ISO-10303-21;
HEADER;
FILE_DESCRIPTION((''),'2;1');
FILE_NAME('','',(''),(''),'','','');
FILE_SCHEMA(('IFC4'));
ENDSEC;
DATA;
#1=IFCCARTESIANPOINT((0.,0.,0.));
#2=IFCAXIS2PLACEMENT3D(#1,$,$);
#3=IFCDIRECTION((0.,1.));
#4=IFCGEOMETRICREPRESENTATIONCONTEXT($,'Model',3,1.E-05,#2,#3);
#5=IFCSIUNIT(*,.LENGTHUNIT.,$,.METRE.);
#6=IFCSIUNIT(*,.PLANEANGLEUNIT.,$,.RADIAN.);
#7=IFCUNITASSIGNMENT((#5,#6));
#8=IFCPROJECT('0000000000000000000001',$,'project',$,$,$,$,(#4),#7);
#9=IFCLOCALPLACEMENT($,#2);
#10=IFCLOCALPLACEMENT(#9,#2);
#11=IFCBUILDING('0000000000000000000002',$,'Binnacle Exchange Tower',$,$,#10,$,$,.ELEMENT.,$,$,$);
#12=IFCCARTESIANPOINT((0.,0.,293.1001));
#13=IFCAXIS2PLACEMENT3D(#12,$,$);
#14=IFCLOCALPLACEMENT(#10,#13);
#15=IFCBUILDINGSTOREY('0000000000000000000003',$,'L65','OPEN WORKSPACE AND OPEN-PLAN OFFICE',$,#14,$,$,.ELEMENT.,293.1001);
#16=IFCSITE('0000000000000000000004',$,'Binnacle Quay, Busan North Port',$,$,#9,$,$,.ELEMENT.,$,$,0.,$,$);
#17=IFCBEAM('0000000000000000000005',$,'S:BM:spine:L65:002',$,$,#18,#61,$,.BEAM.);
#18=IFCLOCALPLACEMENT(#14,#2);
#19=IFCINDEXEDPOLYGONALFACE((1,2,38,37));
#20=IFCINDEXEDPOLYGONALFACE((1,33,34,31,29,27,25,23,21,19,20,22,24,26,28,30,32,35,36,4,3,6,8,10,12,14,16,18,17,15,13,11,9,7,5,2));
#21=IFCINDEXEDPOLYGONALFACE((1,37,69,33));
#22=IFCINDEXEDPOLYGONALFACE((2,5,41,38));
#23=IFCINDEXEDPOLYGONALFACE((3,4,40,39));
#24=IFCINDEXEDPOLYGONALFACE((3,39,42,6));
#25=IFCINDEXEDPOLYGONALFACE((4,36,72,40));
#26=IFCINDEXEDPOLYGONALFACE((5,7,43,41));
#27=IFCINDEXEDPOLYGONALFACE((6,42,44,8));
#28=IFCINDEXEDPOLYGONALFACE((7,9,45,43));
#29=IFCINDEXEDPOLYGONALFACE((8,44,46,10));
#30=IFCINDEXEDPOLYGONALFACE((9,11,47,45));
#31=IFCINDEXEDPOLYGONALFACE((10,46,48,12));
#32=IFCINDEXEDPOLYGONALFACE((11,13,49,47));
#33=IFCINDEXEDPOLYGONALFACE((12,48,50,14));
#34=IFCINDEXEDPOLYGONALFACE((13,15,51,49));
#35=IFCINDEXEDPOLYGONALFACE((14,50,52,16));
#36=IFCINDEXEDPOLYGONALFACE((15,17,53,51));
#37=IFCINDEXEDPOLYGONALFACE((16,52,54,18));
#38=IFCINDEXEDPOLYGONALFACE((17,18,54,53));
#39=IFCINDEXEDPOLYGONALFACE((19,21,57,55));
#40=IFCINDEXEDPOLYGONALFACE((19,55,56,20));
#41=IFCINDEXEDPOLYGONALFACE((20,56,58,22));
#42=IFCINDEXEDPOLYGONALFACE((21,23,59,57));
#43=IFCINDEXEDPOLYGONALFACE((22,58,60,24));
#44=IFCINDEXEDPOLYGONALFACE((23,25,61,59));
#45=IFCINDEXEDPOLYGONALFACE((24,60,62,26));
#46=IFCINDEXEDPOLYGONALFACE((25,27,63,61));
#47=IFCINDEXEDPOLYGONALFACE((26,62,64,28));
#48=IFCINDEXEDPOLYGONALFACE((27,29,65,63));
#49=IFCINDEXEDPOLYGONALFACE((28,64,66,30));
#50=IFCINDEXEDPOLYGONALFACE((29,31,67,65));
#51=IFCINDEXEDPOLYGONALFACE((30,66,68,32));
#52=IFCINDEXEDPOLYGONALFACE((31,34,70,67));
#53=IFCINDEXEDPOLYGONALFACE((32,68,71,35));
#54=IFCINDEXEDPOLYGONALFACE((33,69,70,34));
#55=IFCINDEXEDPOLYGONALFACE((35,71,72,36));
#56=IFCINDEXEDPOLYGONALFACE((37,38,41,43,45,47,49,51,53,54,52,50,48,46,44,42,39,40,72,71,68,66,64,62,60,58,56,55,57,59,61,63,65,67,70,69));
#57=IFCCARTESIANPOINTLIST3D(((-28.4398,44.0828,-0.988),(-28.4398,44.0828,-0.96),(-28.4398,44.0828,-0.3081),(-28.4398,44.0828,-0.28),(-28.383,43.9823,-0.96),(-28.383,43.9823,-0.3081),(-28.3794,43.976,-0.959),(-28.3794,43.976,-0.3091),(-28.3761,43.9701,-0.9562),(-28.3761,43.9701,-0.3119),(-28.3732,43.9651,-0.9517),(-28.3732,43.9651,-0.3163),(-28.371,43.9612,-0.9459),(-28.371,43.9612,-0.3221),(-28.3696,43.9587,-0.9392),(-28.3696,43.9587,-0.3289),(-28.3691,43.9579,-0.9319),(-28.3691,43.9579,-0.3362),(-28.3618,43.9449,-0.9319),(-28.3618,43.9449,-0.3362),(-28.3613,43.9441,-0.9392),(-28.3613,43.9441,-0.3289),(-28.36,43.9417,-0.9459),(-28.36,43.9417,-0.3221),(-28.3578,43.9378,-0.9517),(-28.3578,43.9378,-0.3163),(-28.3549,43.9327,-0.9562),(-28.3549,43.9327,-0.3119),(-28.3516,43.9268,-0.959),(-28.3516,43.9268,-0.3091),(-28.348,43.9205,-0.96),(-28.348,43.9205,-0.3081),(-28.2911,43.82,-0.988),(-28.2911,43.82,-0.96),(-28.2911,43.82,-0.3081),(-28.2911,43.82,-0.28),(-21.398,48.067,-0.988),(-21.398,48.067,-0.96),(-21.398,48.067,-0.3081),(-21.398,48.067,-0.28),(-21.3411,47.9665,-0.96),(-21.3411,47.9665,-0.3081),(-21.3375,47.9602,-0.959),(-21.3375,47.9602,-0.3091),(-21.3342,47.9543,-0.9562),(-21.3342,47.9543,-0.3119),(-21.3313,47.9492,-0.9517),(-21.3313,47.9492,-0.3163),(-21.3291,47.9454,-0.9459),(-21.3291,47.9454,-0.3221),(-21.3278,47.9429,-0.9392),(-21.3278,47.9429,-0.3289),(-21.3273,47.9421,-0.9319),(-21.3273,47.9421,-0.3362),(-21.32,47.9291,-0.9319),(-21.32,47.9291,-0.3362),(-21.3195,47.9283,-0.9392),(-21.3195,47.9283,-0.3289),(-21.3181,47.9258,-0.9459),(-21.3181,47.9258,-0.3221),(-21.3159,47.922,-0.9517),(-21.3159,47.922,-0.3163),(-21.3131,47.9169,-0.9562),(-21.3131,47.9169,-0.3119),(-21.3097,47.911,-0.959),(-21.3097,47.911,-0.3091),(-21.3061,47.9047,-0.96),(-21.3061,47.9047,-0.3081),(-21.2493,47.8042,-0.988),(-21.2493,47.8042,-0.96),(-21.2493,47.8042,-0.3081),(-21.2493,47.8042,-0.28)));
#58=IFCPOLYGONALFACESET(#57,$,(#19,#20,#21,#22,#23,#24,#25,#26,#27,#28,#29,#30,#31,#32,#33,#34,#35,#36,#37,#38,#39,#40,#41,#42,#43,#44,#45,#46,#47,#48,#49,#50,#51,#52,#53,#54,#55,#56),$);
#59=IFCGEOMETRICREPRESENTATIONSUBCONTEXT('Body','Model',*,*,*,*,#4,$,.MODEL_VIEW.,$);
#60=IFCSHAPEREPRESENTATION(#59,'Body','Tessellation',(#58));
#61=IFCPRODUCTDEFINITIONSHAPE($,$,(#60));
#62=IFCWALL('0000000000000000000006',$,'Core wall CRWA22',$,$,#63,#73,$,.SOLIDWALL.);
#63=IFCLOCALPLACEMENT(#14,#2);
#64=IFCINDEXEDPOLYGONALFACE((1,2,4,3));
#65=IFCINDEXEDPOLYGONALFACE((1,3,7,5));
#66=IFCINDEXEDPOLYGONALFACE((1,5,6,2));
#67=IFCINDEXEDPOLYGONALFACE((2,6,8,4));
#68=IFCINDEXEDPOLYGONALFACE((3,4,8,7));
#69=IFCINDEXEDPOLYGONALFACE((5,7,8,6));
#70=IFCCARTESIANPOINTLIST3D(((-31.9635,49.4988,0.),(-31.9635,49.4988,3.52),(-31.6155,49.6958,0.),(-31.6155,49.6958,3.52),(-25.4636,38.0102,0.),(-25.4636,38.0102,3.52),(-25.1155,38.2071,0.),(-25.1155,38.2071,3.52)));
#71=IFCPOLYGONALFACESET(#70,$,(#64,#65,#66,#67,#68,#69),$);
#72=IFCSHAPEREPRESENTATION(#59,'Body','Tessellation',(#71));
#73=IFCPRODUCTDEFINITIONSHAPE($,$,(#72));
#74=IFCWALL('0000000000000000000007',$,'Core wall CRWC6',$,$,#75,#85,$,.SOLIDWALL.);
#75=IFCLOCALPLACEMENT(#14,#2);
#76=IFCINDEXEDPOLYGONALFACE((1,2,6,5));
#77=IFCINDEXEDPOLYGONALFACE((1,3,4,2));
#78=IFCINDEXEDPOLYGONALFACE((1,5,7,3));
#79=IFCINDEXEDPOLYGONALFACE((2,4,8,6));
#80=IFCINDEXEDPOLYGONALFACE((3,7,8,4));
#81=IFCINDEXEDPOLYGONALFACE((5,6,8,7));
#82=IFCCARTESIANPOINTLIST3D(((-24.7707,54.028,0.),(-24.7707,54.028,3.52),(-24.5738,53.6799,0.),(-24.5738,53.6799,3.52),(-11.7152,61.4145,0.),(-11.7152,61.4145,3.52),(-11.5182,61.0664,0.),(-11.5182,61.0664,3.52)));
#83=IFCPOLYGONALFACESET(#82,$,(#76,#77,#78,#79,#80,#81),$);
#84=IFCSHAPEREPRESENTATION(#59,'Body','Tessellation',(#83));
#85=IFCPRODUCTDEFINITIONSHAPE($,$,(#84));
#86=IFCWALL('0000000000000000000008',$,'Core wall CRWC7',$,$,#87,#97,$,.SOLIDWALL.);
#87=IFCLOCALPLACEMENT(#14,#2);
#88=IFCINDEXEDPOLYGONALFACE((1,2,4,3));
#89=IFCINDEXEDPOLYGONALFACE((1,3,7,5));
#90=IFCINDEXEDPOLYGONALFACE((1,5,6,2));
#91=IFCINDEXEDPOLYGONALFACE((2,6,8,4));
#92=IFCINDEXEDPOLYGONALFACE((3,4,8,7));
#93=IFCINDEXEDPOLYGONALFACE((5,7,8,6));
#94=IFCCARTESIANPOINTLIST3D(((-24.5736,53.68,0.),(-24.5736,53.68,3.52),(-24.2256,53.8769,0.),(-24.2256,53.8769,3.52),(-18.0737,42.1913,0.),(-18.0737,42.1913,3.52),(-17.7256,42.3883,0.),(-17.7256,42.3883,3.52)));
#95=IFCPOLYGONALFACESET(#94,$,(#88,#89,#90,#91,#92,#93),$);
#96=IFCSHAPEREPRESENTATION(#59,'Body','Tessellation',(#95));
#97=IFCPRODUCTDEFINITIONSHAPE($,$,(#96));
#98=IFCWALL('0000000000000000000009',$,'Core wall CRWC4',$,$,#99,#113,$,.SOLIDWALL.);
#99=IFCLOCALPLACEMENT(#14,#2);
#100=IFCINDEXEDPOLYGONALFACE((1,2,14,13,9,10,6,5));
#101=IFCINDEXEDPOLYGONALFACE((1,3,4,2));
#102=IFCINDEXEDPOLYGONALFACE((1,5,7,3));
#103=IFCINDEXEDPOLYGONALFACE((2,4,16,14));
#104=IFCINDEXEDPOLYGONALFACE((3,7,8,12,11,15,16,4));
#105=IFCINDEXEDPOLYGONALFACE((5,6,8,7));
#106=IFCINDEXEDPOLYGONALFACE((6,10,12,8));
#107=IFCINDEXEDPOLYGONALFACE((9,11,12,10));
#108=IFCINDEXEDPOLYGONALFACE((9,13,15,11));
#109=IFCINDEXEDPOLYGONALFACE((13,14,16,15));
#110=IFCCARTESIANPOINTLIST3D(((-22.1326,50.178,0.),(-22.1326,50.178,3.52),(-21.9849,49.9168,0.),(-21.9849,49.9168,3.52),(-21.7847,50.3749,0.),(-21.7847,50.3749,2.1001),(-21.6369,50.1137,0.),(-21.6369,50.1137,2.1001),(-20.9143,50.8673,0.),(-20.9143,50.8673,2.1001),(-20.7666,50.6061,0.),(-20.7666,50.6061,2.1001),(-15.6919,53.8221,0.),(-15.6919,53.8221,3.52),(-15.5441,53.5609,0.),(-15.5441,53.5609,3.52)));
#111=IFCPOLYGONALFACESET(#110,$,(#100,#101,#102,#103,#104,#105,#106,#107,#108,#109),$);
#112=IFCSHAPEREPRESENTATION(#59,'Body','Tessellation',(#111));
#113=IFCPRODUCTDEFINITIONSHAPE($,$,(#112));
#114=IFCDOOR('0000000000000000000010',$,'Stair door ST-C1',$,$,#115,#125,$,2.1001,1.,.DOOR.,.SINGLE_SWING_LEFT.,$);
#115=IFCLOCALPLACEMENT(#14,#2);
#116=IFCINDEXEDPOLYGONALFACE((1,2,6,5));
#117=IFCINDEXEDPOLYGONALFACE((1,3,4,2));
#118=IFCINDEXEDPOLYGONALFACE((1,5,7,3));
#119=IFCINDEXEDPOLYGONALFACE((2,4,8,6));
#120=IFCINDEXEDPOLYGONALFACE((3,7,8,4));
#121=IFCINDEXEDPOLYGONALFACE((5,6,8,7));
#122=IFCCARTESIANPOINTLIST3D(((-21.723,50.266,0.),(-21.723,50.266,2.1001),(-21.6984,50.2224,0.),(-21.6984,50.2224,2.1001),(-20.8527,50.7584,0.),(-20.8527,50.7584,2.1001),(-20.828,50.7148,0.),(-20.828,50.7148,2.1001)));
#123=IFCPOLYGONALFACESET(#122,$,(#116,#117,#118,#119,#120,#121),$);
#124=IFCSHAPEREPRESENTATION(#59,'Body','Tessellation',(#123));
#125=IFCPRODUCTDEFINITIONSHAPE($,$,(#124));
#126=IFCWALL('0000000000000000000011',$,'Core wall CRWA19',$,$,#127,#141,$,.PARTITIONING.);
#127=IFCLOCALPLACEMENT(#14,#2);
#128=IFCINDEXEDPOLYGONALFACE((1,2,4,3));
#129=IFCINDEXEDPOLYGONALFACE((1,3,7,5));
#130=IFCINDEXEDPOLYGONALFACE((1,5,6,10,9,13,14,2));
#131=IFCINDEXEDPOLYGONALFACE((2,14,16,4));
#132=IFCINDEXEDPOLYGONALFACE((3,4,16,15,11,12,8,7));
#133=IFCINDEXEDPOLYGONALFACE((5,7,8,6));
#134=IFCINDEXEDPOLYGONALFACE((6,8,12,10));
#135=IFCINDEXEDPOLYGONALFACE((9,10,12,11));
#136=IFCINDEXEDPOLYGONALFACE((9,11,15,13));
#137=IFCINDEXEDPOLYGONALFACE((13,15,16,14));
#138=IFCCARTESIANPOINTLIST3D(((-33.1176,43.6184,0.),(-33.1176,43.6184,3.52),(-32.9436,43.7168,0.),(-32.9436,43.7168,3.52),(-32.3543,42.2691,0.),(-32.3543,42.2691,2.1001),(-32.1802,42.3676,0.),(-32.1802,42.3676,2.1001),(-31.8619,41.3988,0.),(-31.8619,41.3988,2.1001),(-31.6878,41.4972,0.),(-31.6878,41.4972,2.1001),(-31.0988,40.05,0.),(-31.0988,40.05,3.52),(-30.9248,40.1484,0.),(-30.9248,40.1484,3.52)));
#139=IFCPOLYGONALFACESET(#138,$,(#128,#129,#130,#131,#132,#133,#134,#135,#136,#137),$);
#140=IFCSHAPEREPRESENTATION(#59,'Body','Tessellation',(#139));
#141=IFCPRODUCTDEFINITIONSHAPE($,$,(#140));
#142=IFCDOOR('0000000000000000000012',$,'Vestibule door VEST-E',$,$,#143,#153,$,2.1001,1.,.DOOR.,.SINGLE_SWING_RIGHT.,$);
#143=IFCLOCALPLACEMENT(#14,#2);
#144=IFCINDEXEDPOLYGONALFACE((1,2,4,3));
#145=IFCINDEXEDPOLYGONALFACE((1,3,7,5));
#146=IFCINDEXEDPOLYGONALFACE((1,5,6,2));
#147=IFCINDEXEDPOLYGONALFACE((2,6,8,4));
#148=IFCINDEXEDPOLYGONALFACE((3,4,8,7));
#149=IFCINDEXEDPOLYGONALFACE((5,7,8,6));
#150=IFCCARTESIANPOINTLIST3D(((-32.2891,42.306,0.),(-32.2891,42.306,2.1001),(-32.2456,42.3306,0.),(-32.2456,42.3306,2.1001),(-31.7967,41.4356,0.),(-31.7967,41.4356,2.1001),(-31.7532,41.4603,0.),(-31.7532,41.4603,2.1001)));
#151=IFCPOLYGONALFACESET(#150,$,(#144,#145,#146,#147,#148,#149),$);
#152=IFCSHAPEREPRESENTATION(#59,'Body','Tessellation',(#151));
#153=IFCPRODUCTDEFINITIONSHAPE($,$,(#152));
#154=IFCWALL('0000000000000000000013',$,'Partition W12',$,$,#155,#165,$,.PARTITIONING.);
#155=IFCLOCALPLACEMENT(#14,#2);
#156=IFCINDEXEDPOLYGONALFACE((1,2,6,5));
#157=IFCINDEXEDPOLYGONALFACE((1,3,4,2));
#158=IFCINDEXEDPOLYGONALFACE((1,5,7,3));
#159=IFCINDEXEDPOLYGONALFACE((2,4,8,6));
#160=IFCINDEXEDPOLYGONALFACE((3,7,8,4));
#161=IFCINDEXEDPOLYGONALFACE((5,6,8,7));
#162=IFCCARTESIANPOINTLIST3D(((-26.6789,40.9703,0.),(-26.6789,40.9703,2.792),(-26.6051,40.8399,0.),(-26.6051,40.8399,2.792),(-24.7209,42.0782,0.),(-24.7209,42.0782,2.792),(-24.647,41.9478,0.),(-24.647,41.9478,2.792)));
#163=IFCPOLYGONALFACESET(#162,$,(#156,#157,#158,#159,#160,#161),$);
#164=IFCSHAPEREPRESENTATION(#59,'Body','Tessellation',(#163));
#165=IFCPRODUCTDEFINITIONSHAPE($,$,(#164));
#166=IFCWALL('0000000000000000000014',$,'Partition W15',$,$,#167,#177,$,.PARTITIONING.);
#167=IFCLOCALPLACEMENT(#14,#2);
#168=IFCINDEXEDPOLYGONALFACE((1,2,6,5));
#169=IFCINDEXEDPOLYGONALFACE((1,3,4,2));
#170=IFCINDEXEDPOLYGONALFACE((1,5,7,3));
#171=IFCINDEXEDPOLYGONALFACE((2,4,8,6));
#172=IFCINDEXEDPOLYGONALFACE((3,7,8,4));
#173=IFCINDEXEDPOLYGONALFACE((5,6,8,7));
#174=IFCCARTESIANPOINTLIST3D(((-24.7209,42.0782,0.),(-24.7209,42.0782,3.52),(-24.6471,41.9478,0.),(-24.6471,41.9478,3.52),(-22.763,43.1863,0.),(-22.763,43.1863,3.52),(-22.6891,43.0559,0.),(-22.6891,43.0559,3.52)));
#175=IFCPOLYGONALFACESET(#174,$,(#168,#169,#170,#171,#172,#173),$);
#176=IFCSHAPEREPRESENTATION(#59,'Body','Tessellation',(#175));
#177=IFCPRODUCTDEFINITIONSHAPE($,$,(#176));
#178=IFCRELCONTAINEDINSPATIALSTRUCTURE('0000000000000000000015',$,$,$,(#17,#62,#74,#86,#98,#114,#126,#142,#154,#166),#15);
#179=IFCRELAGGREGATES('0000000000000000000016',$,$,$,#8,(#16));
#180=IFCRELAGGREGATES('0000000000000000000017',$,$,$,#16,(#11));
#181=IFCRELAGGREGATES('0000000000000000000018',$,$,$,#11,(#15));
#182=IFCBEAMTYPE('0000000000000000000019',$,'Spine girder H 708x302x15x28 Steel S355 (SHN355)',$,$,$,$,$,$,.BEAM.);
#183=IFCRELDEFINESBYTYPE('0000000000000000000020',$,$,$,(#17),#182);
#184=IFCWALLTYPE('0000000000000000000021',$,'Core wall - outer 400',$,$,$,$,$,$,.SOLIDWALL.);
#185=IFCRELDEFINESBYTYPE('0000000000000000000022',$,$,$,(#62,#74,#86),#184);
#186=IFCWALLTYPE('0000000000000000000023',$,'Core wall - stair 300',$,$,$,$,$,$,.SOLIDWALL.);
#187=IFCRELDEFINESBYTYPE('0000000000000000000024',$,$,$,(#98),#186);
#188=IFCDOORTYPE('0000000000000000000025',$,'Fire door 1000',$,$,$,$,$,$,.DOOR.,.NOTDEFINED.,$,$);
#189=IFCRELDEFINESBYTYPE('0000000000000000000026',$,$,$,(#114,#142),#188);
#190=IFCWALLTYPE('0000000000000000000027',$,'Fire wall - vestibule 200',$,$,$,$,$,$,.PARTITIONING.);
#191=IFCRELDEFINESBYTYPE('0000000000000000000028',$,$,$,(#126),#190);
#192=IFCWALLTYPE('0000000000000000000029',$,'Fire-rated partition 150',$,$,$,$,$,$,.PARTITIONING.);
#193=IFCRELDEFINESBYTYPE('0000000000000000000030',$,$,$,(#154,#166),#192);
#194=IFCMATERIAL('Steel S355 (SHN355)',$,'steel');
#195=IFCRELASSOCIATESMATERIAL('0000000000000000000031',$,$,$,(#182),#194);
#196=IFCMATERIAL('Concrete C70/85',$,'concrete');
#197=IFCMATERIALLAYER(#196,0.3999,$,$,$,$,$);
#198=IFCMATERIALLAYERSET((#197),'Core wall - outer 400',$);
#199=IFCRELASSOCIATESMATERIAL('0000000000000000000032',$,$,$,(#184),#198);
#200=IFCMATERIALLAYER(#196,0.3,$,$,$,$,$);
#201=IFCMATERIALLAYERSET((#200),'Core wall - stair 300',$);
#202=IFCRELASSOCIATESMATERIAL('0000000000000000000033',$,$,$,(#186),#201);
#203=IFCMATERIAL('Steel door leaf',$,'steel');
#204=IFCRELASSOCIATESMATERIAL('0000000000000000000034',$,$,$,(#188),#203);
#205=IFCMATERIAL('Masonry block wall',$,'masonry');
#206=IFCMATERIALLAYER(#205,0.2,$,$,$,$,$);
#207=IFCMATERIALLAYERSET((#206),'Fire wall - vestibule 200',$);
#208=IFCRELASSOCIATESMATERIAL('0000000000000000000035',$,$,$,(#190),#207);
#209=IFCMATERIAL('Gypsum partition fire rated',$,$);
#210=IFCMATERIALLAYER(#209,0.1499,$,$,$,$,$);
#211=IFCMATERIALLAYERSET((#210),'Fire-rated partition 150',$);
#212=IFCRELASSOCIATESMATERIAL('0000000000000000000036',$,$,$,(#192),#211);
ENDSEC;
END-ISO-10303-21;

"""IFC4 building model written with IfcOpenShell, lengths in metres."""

from ifc_helpers import new_model, si_unit, direction, frame, frame_2d, origin, origin_2d, place, context, subcontext, project, spatial, rectangle, i_section, extrude, material, layer, layer_set, material_profile, profile_set, type_object, element, fill, save


model = new_model("IFC4")

# Units and contexts
model_context = context("Model", 3, precision=1e-05, world=origin(), true_north=direction((0.0, 1.0)))
body_context = subcontext(model_context, "Body", "Model", "MODEL_VIEW")
ifc_project = project(units=[si_unit("LENGTHUNIT", "METRE"), si_unit("PLANEANGLEUNIT", "RADIAN")], contexts=[model_context])

# Site, building, storey
site_placement = place(None, origin())
site = spatial("IfcSite", under=ifc_project, at=site_placement, Name="Binnacle Quay, Busan North Port", CompositionType="ELEMENT", RefElevation=0.0)
building_placement = place(site_placement, origin())
building = spatial("IfcBuilding", under=site, at=building_placement, Name="Binnacle Exchange Tower", CompositionType="ELEMENT")
storey_placement = place(building_placement, frame((0.0, 0.0, 293.1001)))
storey = spatial("IfcBuildingStorey", under=building, at=storey_placement, Name="L65", Description="OPEN WORKSPACE AND OPEN-PLAN OFFICE", CompositionType="ELEMENT", Elevation=293.1001)

# Beam
ifc_material_1 = material(Name="Steel S355 (SHN355)", Category="steel")
ifc_material_profile_1 = material_profile(ifc_material_1, i_section(OverallWidth=0.302, OverallDepth=0.708, WebThickness=0.0149, FlangeThickness=0.0281, FilletRadius=0.0281, at=origin_2d()), Name="H 708x302x15x28")
ifc_profile_set_1 = profile_set([ifc_material_profile_1], Name="Steel S355 (SHN355)")
beam_type_1 = type_object("IfcBeamType", Name="Spine girder H 708x302x15x28 Steel S355 (SHN355)", PredefinedType="BEAM", material=ifc_profile_set_1)
beam_1_placement = place(storey_placement, frame((-28.3655, 43.9514, -0.634), z_axis=(0.87035, 0.492433, 0.0), x_axis=(-0.492433, 0.87035, 0.0)))
element("IfcBeam", 1, at=beam_1_placement, inside=storey, type_object=beam_type_1, Name="S:BM:spine:L65:002", PredefinedType="BEAM", context=body_context, shape_type="SweptSolid", body=[
    extrude(i_section(OverallWidth=0.302, OverallDepth=0.708, WebThickness=0.0149, FlangeThickness=0.0281, FilletRadius=0.0281, at=origin_2d()), origin(), (0.0, 0.0, 1.0), 8.0908),
])

# Walls
ifc_material_2 = material(Name="Concrete C70/85", Category="concrete")
ifc_layer_1 = layer(ifc_material_2, 0.3999)
ifc_layer_set_1 = layer_set([ifc_layer_1], Name="Core wall - outer 400")
wall_type_1 = type_object("IfcWallType", Name="Core wall - outer 400", PredefinedType="SOLIDWALL", material=ifc_layer_set_1)
wall_1_placement = place(storey_placement, frame((-31.7896, 49.5974, 0.0), z_axis=(0.0, 0.0, 1.0), x_axis=(0.492422, -0.870357, 0.0)))
element("IfcWall", 2, at=wall_1_placement, inside=storey, type_object=wall_type_1, Name="Core wall CRWA22", PredefinedType="SOLIDWALL", context=body_context, shape_type="SweptSolid", body=[
    extrude(rectangle(XDim=13.2, YDim=0.3999, at=frame_2d((6.6001, 0.0))), origin(), (0.0, 0.0, 1.0), 3.52),
])
wall_2_placement = place(storey_placement, frame((-24.6721, 53.854, 0.0), z_axis=(0.0, 0.0, 1.0), x_axis=(0.870354, 0.492427, 0.0)))
element("IfcWall", 3, at=wall_2_placement, inside=storey, type_object=wall_type_1, Name="Core wall CRWC6", PredefinedType="SOLIDWALL", context=body_context, shape_type="SweptSolid", body=[
    extrude(rectangle(XDim=15.0002, YDim=0.3999, at=frame_2d((7.5, 0.0))), origin(), (0.0, 0.0, 1.0), 3.52),
])
wall_3_placement = place(storey_placement, frame((-24.3997, 53.7786, 0.0), z_axis=(0.0, 0.0, 1.0), x_axis=(0.492422, -0.870357, 0.0)))
element("IfcWall", 4, at=wall_3_placement, inside=storey, type_object=wall_type_1, Name="Core wall CRWC7", PredefinedType="SOLIDWALL", context=body_context, shape_type="SweptSolid", body=[
    extrude(rectangle(XDim=13.2, YDim=0.3999, at=frame_2d((6.6001, 0.0))), origin(), (0.0, 0.0, 1.0), 3.52),
])

# Walls, openings, doors
ifc_layer_2 = layer(ifc_material_2, 0.3)
ifc_layer_set_2 = layer_set([ifc_layer_2], Name="Core wall - stair 300")
wall_type_2 = type_object("IfcWallType", Name="Core wall - stair 300", PredefinedType="SOLIDWALL", material=ifc_layer_set_2)
wall_4_placement = place(storey_placement, frame((-22.0588, 50.0474, 0.0), z_axis=(0.0, 0.0, 1.0), x_axis=(0.870351, 0.492432, 0.0)))
wall_4 = element("IfcWall", 5, at=wall_4_placement, inside=storey, type_object=wall_type_2, Name="Core wall CRWC4", PredefinedType="SOLIDWALL", context=body_context, shape_type="SweptSolid", body=[
    extrude(rectangle(XDim=7.4001, YDim=0.3, at=frame_2d((3.7002, 0.0))), origin(), (0.0, 0.0, 1.0), 3.52),
])
opening_1_placement = place(wall_4_placement, frame((0.3999, 0.0, 0.0)))
opening_1 = element("IfcOpeningElement", 6, at=opening_1_placement, cuts=wall_4, PredefinedType="OPENING", context=body_context, shape_type="SweptSolid", body=[
    extrude(rectangle(XDim=1.0, YDim=2.1001, at=frame_2d((0.5, 1.05))), frame((0.0, 0.1599, 0.0), z_axis=(0.0, -1.0, 0.0), x_axis=(1.0, 0.0, 0.0)), (0.0, 0.0, 1.0), 0.3201),
])
ifc_material_3 = material(Name="Steel door leaf", Category="steel")
door_type_1 = type_object("IfcDoorType", Name="Fire door 1000", OperationType="NOTDEFINED", PredefinedType="DOOR", material=ifc_material_3)
door_1_placement = place(opening_1_placement, origin())
door_1 = element("IfcDoor", 7, at=door_1_placement, inside=storey, type_object=door_type_1, Name="Stair door ST-C1", OperationType="SINGLE_SWING_LEFT", OverallHeight=2.1001, OverallWidth=1.0, PredefinedType="DOOR", context=body_context, shape_type="SweptSolid", body=[
    extrude(rectangle(XDim=1.0, YDim=2.1001, at=frame_2d((0.5, 1.05))), frame((0.0, 0.0249, 0.0), z_axis=(0.0, -1.0, 0.0), x_axis=(1.0, 0.0, 0.0)), (0.0, 0.0, 1.0), 0.05),
])
fill(opening_1, door_1)
ifc_material_4 = material(Name="Masonry block wall", Category="masonry")
ifc_layer_3 = layer(ifc_material_4, 0.2)
ifc_layer_set_3 = layer_set([ifc_layer_3], Name="Fire wall - vestibule 200")
wall_type_3 = type_object("IfcWallType", Name="Fire wall - vestibule 200", PredefinedType="PARTITIONING", material=ifc_layer_set_3)
wall_5_placement = place(storey_placement, frame((-33.0305, 43.6675, 0.0), z_axis=(0.0, 0.0, 1.0), x_axis=(0.492408, -0.870364, 0.0)))
wall_5 = element("IfcWall", 8, at=wall_5_placement, inside=storey, type_object=wall_type_3, Name="Core wall CRWA19", PredefinedType="PARTITIONING", context=body_context, shape_type="SweptSolid", body=[
    extrude(rectangle(XDim=4.0999, YDim=0.2, at=frame_2d((2.0498, 0.0))), origin(), (0.0, 0.0, 1.0), 3.52),
])
opening_2_placement = place(wall_5_placement, frame((1.55, 0.0, 0.0)))
opening_2 = element("IfcOpeningElement", 9, at=opening_2_placement, cuts=wall_5, PredefinedType="OPENING", context=body_context, shape_type="SweptSolid", body=[
    extrude(rectangle(XDim=1.0, YDim=2.1001, at=frame_2d((0.5, 1.05))), frame((0.0, 0.1099, 0.0), z_axis=(0.0, -1.0, 0.0), x_axis=(1.0, 0.0, 0.0)), (0.0, 0.0, 1.0), 0.22),
])
door_2_placement = place(opening_2_placement, origin())
door_2 = element("IfcDoor", 10, at=door_2_placement, inside=storey, type_object=door_type_1, Name="Vestibule door VEST-E", OperationType="SINGLE_SWING_RIGHT", OverallHeight=2.1001, OverallWidth=1.0, PredefinedType="DOOR", context=body_context, shape_type="SweptSolid", body=[
    extrude(rectangle(XDim=1.0, YDim=2.1001, at=frame_2d((0.5, 1.05))), frame((0.0, 0.0249, 0.0), z_axis=(0.0, -1.0, 0.0), x_axis=(1.0, 0.0, 0.0)), (0.0, 0.0, 1.0), 0.05),
])
fill(opening_2, door_2)

# Walls
ifc_material_5 = material(Name="Gypsum partition fire rated")
ifc_layer_4 = layer(ifc_material_5, 0.1499)
ifc_layer_set_4 = layer_set([ifc_layer_4], Name="Fire-rated partition 150")
wall_type_4 = type_object("IfcWallType", Name="Fire-rated partition 150", PredefinedType="PARTITIONING", material=ifc_layer_set_4)
wall_6_placement = place(storey_placement, frame((-26.6421, 40.905, 0.0), z_axis=(0.0, 0.0, 1.0), x_axis=(0.870332, 0.492465, 0.0)))
element("IfcWall", 11, at=wall_6_placement, inside=storey, type_object=wall_type_4, Name="Partition W12", PredefinedType="PARTITIONING", context=body_context, shape_type="SweptSolid", body=[
    extrude(rectangle(XDim=2.2498, YDim=0.1499, at=frame_2d((1.125, 0.0))), origin(), (0.0, 0.0, 1.0), 2.792),
])
wall_7_placement = place(storey_placement, frame((-24.6841, 42.0129, 0.0), z_axis=(0.0, 0.0, 1.0), x_axis=(0.870286, 0.492547, 0.0)))
element("IfcWall", 12, at=wall_7_placement, inside=storey, type_object=wall_type_4, Name="Partition W15", PredefinedType="PARTITIONING", context=body_context, shape_type="SweptSolid", body=[
    extrude(rectangle(XDim=2.2498, YDim=0.1499, at=frame_2d((1.125, 0.0))), origin(), (0.0, 0.0, 1.0), 3.52),
])

save(model, "model.ifc")
